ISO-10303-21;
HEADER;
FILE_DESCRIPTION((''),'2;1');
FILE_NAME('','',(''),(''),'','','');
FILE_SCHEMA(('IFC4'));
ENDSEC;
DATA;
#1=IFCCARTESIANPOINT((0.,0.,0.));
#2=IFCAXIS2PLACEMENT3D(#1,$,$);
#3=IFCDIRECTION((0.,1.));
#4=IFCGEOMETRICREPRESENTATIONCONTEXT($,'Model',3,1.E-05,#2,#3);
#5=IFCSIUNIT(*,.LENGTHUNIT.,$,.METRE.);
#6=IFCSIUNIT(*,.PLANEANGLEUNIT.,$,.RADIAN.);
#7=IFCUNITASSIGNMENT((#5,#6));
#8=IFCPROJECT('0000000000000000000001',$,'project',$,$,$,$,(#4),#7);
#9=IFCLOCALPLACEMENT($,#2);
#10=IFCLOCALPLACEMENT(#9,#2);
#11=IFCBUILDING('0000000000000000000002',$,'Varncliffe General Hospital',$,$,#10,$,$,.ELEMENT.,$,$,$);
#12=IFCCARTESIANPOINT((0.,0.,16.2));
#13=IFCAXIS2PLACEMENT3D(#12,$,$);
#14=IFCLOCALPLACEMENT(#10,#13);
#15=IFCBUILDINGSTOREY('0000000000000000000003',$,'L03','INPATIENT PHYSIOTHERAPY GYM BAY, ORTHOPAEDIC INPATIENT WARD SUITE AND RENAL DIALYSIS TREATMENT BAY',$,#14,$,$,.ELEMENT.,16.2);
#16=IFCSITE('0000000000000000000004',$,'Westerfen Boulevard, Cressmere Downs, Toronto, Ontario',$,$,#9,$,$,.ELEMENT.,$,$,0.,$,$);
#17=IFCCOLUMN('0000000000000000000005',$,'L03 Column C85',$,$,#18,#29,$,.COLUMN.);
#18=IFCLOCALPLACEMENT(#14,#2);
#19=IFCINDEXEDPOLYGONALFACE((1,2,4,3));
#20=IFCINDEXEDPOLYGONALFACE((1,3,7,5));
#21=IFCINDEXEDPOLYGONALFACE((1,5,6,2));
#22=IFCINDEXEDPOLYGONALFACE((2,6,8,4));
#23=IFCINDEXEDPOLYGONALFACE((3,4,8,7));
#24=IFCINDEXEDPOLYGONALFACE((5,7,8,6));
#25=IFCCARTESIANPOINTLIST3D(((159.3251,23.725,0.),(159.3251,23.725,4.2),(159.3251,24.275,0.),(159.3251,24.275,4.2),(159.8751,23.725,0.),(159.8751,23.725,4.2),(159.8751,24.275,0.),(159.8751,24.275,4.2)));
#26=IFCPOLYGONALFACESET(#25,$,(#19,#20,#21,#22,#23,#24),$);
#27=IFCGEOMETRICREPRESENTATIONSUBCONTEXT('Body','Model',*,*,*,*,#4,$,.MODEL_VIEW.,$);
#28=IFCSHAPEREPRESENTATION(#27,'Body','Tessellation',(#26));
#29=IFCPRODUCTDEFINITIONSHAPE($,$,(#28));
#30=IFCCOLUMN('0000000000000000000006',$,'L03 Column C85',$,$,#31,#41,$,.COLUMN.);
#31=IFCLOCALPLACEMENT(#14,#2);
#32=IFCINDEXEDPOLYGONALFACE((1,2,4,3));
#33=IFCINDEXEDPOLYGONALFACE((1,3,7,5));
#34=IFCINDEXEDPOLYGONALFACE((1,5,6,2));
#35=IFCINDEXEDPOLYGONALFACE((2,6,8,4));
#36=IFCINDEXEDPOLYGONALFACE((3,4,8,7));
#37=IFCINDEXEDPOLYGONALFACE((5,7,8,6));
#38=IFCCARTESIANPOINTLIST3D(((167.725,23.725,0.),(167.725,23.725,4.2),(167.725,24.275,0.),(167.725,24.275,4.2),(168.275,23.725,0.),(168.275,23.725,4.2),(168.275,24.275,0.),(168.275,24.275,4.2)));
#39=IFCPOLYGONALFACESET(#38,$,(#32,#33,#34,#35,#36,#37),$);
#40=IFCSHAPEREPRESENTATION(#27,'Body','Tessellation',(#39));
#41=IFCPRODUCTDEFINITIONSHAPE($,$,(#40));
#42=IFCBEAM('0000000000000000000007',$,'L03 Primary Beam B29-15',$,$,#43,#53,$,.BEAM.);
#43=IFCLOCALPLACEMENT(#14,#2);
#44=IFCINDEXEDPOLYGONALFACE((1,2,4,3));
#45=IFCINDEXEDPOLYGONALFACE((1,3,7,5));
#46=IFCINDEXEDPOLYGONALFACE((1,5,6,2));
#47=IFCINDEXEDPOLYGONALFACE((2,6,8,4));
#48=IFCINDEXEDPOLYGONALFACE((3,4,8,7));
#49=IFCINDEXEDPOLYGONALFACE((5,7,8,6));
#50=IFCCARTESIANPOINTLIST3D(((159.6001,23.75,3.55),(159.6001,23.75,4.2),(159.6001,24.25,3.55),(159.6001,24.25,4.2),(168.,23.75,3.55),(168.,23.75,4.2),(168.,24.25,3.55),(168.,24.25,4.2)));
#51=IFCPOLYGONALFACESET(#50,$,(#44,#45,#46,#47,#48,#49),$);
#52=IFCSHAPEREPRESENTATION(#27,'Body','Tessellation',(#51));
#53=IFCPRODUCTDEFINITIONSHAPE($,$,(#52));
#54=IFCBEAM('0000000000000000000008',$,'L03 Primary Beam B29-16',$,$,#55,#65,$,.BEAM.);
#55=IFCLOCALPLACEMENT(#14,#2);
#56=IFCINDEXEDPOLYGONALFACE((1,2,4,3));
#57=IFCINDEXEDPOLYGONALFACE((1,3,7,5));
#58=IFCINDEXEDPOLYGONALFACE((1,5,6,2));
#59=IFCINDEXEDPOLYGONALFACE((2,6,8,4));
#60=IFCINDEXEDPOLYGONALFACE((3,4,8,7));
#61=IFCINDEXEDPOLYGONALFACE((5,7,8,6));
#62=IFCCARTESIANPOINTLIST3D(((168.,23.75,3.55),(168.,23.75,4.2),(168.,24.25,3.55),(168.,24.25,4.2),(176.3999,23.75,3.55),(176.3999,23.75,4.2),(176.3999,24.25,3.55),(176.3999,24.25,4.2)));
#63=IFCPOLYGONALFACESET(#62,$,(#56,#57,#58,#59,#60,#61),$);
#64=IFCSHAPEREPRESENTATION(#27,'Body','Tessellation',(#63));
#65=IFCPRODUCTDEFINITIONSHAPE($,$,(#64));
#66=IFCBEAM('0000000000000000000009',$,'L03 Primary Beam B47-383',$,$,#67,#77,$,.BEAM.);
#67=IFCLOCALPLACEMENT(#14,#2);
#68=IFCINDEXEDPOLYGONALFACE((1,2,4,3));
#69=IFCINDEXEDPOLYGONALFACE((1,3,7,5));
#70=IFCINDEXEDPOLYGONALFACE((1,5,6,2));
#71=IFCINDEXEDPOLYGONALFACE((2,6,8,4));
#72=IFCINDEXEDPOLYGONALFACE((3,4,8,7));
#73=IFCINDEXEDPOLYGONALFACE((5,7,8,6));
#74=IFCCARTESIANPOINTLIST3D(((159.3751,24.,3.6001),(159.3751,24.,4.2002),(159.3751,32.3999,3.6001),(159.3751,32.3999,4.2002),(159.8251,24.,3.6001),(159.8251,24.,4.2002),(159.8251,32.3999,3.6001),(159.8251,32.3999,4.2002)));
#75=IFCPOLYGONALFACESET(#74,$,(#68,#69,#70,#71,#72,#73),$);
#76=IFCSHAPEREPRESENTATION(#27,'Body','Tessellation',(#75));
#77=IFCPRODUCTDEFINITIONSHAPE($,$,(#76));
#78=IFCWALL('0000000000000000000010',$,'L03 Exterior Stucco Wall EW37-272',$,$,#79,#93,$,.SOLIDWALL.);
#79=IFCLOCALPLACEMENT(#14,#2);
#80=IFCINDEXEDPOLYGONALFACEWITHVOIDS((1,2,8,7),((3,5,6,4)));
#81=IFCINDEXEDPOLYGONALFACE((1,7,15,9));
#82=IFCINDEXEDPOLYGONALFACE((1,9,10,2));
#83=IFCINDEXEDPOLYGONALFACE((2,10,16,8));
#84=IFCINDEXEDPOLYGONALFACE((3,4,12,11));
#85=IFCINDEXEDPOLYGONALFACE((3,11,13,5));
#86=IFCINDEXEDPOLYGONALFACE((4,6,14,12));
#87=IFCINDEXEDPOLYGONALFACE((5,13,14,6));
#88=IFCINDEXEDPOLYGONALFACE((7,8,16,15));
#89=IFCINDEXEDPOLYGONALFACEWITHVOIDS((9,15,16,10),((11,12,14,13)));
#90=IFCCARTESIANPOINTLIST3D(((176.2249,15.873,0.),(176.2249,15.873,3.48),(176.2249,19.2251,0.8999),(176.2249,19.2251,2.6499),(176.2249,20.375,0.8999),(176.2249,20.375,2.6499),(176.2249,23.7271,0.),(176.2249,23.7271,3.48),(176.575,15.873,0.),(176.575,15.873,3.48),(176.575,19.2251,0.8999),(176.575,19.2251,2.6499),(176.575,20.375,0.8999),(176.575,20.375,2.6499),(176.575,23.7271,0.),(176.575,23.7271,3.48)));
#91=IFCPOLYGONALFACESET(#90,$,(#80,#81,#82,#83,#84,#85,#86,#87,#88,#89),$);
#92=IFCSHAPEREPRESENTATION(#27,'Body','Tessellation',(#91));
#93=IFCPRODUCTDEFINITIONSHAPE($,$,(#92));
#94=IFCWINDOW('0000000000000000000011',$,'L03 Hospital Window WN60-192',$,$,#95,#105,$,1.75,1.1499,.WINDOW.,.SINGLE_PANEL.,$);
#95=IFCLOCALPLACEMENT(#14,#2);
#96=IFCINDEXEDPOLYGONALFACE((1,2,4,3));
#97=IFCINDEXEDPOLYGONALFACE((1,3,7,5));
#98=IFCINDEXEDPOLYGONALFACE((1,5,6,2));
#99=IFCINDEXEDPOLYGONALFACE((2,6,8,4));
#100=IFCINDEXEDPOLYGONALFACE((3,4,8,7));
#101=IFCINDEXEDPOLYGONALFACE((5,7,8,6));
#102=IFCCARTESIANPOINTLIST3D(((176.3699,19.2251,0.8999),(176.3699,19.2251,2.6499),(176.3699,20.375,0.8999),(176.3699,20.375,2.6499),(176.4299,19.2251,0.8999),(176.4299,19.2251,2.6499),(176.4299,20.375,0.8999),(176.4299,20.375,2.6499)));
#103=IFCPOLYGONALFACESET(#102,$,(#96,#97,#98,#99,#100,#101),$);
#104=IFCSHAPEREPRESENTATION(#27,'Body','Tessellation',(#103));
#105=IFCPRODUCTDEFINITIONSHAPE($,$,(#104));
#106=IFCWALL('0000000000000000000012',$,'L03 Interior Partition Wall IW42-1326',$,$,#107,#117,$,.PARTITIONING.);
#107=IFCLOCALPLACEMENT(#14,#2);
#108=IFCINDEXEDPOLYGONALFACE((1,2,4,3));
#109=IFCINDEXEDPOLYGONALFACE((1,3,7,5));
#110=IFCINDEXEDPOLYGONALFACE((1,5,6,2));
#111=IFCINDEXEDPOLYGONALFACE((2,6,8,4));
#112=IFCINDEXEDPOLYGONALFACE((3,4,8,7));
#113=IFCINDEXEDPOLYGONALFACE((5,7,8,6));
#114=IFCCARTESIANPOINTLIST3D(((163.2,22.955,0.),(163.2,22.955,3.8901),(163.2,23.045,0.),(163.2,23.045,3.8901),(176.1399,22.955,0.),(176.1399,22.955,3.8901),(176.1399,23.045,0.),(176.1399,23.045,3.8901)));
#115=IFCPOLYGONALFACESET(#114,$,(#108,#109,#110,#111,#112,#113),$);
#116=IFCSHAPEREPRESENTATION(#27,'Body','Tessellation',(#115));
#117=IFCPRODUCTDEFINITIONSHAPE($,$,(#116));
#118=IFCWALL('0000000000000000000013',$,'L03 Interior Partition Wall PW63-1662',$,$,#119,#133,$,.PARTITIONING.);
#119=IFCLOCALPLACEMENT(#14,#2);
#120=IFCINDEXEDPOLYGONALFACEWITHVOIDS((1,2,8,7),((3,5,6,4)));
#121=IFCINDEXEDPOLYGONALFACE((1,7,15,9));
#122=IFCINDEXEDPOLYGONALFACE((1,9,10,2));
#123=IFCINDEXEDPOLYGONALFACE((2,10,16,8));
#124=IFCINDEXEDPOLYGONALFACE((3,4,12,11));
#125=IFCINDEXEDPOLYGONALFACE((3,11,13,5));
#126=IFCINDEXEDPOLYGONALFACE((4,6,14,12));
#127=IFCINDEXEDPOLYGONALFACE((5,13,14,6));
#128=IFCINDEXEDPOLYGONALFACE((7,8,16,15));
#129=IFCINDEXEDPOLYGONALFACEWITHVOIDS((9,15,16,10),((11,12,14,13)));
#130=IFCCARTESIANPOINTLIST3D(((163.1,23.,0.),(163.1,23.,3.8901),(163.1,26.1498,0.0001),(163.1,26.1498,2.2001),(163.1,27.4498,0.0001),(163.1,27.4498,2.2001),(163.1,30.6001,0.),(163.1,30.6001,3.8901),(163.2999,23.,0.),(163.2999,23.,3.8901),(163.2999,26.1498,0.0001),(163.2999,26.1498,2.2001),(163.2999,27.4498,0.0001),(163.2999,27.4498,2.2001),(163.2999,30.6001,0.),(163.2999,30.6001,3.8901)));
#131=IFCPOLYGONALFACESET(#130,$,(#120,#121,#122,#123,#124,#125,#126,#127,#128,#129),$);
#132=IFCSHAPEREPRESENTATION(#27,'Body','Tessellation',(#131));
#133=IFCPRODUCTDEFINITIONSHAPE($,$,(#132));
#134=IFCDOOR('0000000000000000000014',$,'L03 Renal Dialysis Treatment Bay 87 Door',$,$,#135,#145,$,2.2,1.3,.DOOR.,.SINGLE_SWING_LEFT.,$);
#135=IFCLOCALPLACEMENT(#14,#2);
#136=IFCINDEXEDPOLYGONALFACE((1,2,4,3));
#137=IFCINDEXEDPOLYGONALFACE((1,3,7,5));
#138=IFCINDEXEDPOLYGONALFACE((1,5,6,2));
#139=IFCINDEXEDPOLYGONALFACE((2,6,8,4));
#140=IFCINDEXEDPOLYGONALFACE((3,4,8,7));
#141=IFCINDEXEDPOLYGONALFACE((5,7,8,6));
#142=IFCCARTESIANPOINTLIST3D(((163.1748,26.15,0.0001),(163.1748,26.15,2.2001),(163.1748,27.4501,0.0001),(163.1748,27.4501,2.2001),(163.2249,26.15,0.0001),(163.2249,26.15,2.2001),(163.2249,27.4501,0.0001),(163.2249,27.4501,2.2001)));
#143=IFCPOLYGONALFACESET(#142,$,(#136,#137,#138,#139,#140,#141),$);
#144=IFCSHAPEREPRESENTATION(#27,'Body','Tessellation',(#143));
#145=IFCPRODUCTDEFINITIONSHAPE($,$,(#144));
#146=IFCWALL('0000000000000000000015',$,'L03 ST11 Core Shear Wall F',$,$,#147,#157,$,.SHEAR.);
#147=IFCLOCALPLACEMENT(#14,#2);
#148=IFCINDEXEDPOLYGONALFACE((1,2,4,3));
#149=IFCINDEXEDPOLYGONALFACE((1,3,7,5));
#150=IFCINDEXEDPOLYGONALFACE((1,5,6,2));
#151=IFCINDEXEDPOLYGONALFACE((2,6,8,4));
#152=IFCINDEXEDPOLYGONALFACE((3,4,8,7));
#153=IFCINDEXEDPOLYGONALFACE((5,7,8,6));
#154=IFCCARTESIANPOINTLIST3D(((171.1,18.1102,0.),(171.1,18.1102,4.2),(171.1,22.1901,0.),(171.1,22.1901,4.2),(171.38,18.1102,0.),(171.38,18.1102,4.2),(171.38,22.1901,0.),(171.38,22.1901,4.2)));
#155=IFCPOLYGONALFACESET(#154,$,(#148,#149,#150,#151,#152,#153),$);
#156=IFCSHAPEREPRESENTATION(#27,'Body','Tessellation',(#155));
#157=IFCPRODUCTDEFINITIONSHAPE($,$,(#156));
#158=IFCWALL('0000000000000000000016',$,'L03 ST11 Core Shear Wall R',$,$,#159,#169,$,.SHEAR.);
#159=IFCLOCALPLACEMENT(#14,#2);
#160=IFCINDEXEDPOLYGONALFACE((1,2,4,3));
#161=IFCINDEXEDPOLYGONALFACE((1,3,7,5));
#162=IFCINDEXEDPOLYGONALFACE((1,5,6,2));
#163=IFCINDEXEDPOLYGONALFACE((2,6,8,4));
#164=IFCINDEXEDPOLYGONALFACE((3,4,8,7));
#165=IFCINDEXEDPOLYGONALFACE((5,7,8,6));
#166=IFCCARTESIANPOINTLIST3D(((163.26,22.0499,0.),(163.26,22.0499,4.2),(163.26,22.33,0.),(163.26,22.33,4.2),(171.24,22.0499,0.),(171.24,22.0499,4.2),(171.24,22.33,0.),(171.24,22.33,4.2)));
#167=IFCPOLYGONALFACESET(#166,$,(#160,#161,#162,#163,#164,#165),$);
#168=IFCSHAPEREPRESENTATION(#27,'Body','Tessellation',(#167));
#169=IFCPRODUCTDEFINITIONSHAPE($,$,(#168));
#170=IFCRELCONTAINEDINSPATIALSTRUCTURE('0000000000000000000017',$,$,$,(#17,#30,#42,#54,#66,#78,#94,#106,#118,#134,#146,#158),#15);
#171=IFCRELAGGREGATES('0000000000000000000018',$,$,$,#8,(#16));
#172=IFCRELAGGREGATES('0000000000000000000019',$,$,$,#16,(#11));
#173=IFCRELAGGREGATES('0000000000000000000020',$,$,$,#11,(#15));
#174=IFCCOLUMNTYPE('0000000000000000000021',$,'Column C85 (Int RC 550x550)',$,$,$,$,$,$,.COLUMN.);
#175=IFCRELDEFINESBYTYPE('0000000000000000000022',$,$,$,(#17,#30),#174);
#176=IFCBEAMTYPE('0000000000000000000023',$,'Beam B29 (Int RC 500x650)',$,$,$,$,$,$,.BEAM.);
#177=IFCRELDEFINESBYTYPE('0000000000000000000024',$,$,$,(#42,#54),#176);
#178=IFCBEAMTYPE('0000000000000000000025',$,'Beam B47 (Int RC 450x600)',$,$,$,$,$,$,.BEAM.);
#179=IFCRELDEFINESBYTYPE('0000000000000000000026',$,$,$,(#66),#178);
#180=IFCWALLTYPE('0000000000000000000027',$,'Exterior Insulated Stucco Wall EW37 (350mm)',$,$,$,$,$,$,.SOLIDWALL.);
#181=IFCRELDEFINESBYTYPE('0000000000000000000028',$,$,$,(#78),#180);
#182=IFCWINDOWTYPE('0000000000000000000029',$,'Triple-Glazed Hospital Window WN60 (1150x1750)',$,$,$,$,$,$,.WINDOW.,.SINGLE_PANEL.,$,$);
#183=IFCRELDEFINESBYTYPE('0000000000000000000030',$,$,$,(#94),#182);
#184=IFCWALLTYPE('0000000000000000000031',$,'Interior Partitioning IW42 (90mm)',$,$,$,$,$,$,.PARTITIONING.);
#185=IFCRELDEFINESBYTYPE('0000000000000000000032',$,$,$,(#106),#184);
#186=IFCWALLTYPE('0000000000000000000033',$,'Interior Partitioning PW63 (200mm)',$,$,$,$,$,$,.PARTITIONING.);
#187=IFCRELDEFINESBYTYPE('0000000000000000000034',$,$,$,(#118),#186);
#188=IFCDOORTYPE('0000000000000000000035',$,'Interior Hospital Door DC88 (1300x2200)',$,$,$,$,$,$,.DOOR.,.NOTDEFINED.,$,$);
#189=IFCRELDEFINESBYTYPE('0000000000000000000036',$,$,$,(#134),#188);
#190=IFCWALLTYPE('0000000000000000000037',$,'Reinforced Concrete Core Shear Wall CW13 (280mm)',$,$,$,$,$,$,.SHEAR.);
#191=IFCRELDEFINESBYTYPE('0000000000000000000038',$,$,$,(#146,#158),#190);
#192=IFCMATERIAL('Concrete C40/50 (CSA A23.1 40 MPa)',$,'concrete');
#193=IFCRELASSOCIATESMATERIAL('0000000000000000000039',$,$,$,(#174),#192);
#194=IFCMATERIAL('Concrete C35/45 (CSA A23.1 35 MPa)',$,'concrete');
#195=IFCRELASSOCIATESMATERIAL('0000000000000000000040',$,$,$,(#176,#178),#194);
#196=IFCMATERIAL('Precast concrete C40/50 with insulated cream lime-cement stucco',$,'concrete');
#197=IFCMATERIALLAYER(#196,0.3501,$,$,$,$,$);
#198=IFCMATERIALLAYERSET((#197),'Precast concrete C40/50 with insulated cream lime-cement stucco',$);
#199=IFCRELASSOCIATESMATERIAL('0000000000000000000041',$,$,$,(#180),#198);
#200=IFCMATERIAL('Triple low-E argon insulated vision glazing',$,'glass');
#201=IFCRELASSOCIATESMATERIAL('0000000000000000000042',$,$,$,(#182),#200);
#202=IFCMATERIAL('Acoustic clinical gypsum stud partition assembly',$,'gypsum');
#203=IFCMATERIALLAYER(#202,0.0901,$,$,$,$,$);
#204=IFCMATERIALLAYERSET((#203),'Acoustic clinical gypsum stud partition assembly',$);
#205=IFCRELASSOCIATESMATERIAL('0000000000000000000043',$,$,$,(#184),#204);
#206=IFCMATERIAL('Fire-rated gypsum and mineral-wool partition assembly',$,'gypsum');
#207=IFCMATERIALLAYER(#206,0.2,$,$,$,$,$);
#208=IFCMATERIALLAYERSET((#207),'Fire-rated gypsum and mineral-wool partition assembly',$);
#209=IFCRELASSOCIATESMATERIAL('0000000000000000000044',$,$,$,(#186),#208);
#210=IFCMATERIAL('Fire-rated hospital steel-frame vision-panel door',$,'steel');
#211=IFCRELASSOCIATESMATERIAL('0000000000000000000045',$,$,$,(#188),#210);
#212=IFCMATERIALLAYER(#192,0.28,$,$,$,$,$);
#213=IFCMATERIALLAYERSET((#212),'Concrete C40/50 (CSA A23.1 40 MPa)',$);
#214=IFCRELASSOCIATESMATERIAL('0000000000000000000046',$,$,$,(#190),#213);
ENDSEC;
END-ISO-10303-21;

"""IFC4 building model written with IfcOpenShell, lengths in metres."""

from ifc_helpers import new_model, si_unit, direction, frame, frame_2d, origin, origin_2d, place, context, subcontext, project, spatial, rectangle, extrude, material, layer, layer_set, material_profile, profile_set, type_object, element, fill, save


model = new_model("IFC4")

# Units and contexts
model_context = context("Model", 3, precision=1e-05, world=origin(), true_north=direction((0.0, 1.0)))
body_context = subcontext(model_context, "Body", "Model", "MODEL_VIEW")
ifc_project = project(units=[si_unit("LENGTHUNIT", "METRE"), si_unit("PLANEANGLEUNIT", "RADIAN")], contexts=[model_context])

# Site, building, storey
site_placement = place(None, origin())
site = spatial("IfcSite", under=ifc_project, at=site_placement, Name="Westerfen Boulevard, Cressmere Downs, Toronto, Ontario", CompositionType="ELEMENT", RefElevation=0.0)
building_placement = place(site_placement, origin())
building = spatial("IfcBuilding", under=site, at=building_placement, Name="Varncliffe General Hospital", CompositionType="ELEMENT")
storey_placement = place(building_placement, frame((0.0, 0.0, 16.2)))
storey = spatial("IfcBuildingStorey", under=building, at=storey_placement, Name="L03", Description="INPATIENT PHYSIOTHERAPY GYM BAY, ORTHOPAEDIC INPATIENT WARD SUITE AND RENAL DIALYSIS TREATMENT BAY", CompositionType="ELEMENT", Elevation=16.2)

# Columns
ifc_material_1 = material(Name="Concrete C40/50 (CSA A23.1 40 MPa)", Category="concrete")
ifc_material_profile_1 = material_profile(ifc_material_1, rectangle(XDim=0.55, YDim=0.55, at=origin_2d()), Name="RC 550x550")
ifc_profile_set_1 = profile_set([ifc_material_profile_1], Name="Concrete C40/50 (CSA A23.1 40 MPa)")
column_type = type_object("IfcColumnType", Name="Column C85 (Int RC 550x550)", PredefinedType="COLUMN", material=ifc_profile_set_1)
for number, where, z_axis, x_axis, name in (
    (1, (159.6001, 24.0, 0.0), (0.0, 0.0, 1.0), (1.0, 0.0, 0.0), "L03 Column C85"),
    (2, (168.0, 24.0, 0.0), (0.0, 0.0, 1.0), (1.0, 0.0, 0.0), "L03 Column C85"),
):
    element("IfcColumn", number, at=place(storey_placement, frame(where, z_axis=z_axis, x_axis=x_axis)), inside=storey, type_object=column_type, Name=name, PredefinedType="COLUMN", context=body_context, shape_type="SweptSolid", body=[
        extrude(rectangle(XDim=0.55, YDim=0.55, at=origin_2d()), origin(), (0.0, 0.0, 1.0), 4.2),
    ])

# Beams
ifc_material_2 = material(Name="Concrete C35/45 (CSA A23.1 35 MPa)", Category="concrete")
ifc_material_profile_2 = material_profile(ifc_material_2, rectangle(XDim=0.5, YDim=0.6499, at=origin_2d()), Name="RC 500x650")
ifc_profile_set_2 = profile_set([ifc_material_profile_2], Name="Concrete C35/45 (CSA A23.1 35 MPa)")
beam_type_1 = type_object("IfcBeamType", Name="Beam B29 (Int RC 500x650)", PredefinedType="BEAM", material=ifc_profile_set_2)
for number, where, z_axis, x_axis, name in (
    (3, (159.6001, 24.0, 3.875), (1.0, 0.0, 0.0), (0.0, 1.0, 0.0), "L03 Primary Beam B29-15"),
    (4, (168.0, 24.0, 3.875), (1.0, 0.0, 0.0), (0.0, 1.0, 0.0), "L03 Primary Beam B29-16"),
):
    element("IfcBeam", number, at=place(storey_placement, frame(where, z_axis=z_axis, x_axis=x_axis)), inside=storey, type_object=beam_type_1, Name=name, PredefinedType="BEAM", context=body_context, shape_type="SweptSolid", body=[
        extrude(rectangle(XDim=0.5, YDim=0.6499, at=origin_2d()), origin(), (0.0, 0.0, 1.0), 8.3999),
    ])
ifc_material_profile_3 = material_profile(ifc_material_2, rectangle(XDim=0.45, YDim=0.6001, at=origin_2d()), Name="RC 450x600")
ifc_profile_set_3 = profile_set([ifc_material_profile_3], Name="Concrete C35/45 (CSA A23.1 35 MPa)")
beam_type_2 = type_object("IfcBeamType", Name="Beam B47 (Int RC 450x600)", PredefinedType="BEAM", material=ifc_profile_set_3)
beam_placement = place(storey_placement, frame((159.6001, 24.0, 3.9001), z_axis=(0.0, 1.0, 0.0), x_axis=(-1.0, 0.0, 0.0)))
element("IfcBeam", 5, at=beam_placement, inside=storey, type_object=beam_type_2, Name="L03 Primary Beam B47-383", PredefinedType="BEAM", context=body_context, shape_type="SweptSolid", body=[
    extrude(rectangle(XDim=0.45, YDim=0.6001, at=origin_2d()), origin(), (0.0, 0.0, 1.0), 8.3999),
])

# Wall, opening, window
ifc_material_3 = material(Name="Precast concrete C40/50 with insulated cream lime-cement stucco", Category="concrete")
ifc_layer_1 = layer(ifc_material_3, 0.3501)
ifc_layer_set_1 = layer_set([ifc_layer_1], Name="Precast concrete C40/50 with insulated cream lime-cement stucco")
wall_type_1 = type_object("IfcWallType", Name="Exterior Insulated Stucco Wall EW37 (350mm)", PredefinedType="SOLIDWALL", material=ifc_layer_set_1)
wall_1_placement = place(storey_placement, frame((176.3999, 23.7271, 0.0), z_axis=(0.0, 0.0, 1.0), x_axis=(0.0, -1.0, 0.0)))
wall_1 = element("IfcWall", 6, at=wall_1_placement, inside=storey, type_object=wall_type_1, Name="L03 Exterior Stucco Wall EW37-272", PredefinedType="SOLIDWALL", context=body_context, shape_type="SweptSolid", body=[
    extrude(rectangle(XDim=7.854, YDim=0.3501, at=frame_2d((3.927, 0.0))), origin(), (0.0, 0.0, 1.0), 3.48),
])
opening_1_placement = place(wall_1_placement, frame((3.3521, 0.0, 0.8999)))
opening_1 = element("IfcOpeningElement", 7, at=opening_1_placement, cuts=wall_1, PredefinedType="OPENING", context=body_context, shape_type="SweptSolid", body=[
    extrude(rectangle(XDim=1.1499, YDim=1.75, at=frame_2d((0.575, 0.875))), frame((0.0, 0.1851, 0.0), z_axis=(0.0, -1.0, 0.0), x_axis=(1.0, 0.0, 0.0)), (0.0, 0.0, 1.0), 0.3701),
])
ifc_material_4 = material(Name="Triple low-E argon insulated vision glazing", Category="glass")
window_type = type_object("IfcWindowType", Name="Triple-Glazed Hospital Window WN60 (1150x1750)", PartitioningType="SINGLE_PANEL", PredefinedType="WINDOW", material=ifc_material_4)
window_placement = place(opening_1_placement, origin())
window = element("IfcWindow", 8, at=window_placement, inside=storey, type_object=window_type, Name="L03 Hospital Window WN60-192", OverallHeight=1.75, OverallWidth=1.1499, PartitioningType="SINGLE_PANEL", PredefinedType="WINDOW", context=body_context, shape_type="SweptSolid", body=[
    extrude(rectangle(XDim=1.1499, YDim=1.75, at=frame_2d((0.575, 0.875))), frame((0.0, 0.03, 0.0), z_axis=(0.0, -1.0, 0.0), x_axis=(1.0, 0.0, 0.0)), (0.0, 0.0, 1.0), 0.0601),
])
fill(opening_1, window)

# Wall
ifc_material_5 = material(Name="Acoustic clinical gypsum stud partition assembly", Category="gypsum")
ifc_layer_2 = layer(ifc_material_5, 0.0901)
ifc_layer_set_2 = layer_set([ifc_layer_2], Name="Acoustic clinical gypsum stud partition assembly")
wall_type_2 = type_object("IfcWallType", Name="Interior Partitioning IW42 (90mm)", PredefinedType="PARTITIONING", material=ifc_layer_set_2)
wall_2_placement = place(storey_placement, frame((163.2, 23.0, 0.0), z_axis=(0.0, 0.0, 1.0), x_axis=(1.0, 0.0, 0.0)))
element("IfcWall", 9, at=wall_2_placement, inside=storey, type_object=wall_type_2, Name="L03 Interior Partition Wall IW42-1326", PredefinedType="PARTITIONING", context=body_context, shape_type="SweptSolid", body=[
    extrude(rectangle(XDim=12.9399, YDim=0.0901, at=frame_2d((6.47, 0.0))), origin(), (0.0, 0.0, 1.0), 3.8901),
])

# Wall, opening, door
ifc_material_6 = material(Name="Fire-rated gypsum and mineral-wool partition assembly", Category="gypsum")
ifc_layer_3 = layer(ifc_material_6, 0.2)
ifc_layer_set_3 = layer_set([ifc_layer_3], Name="Fire-rated gypsum and mineral-wool partition assembly")
wall_type_3 = type_object("IfcWallType", Name="Interior Partitioning PW63 (200mm)", PredefinedType="PARTITIONING", material=ifc_layer_set_3)
wall_3_placement = place(storey_placement, frame((163.2, 23.0, 0.0), z_axis=(0.0, 0.0, 1.0), x_axis=(0.0, 1.0, 0.0)))
wall_3 = element("IfcWall", 10, at=wall_3_placement, inside=storey, type_object=wall_type_3, Name="L03 Interior Partition Wall PW63-1662", PredefinedType="PARTITIONING", context=body_context, shape_type="SweptSolid", body=[
    extrude(rectangle(XDim=7.6001, YDim=0.2, at=frame_2d((3.8, 0.0))), origin(), (0.0, 0.0, 1.0), 3.8901),
])
opening_2_placement = place(wall_3_placement, frame((3.1499, 0.0, 0.0)))
opening_2 = element("IfcOpeningElement", 11, at=opening_2_placement, cuts=wall_3, PredefinedType="OPENING", context=body_context, shape_type="SweptSolid", body=[
    extrude(rectangle(XDim=1.3, YDim=2.2, at=frame_2d((0.6499, 1.1001))), frame((0.0, 0.1099, 0.0), z_axis=(0.0, -1.0, 0.0), x_axis=(1.0, 0.0, 0.0)), (0.0, 0.0, 1.0), 0.22),
])
ifc_material_7 = material(Name="Fire-rated hospital steel-frame vision-panel door", Category="steel")
door_type_1 = type_object("IfcDoorType", Name="Interior Hospital Door DC88 (1300x2200)", OperationType="NOTDEFINED", PredefinedType="DOOR", material=ifc_material_7)
door_1_placement = place(opening_2_placement, frame((1.3, 0.0, 0.0), z_axis=(0.0, 0.0, 1.0), x_axis=(-1.0, 0.0, 0.0)))
door_1 = element("IfcDoor", 12, at=door_1_placement, inside=storey, type_object=door_type_1, Name="L03 Renal Dialysis Treatment Bay 87 Door", OperationType="SINGLE_SWING_LEFT", OverallHeight=2.2, OverallWidth=1.3, PredefinedType="DOOR", context=body_context, shape_type="SweptSolid", body=[
    extrude(rectangle(XDim=1.3, YDim=2.2, at=frame_2d((0.6499, 1.1001))), frame((0.0, 0.0249, 0.0), z_axis=(0.0, -1.0, 0.0), x_axis=(1.0, 0.0, 0.0)), (0.0, 0.0, 1.0), 0.05),
])
fill(opening_2, door_1)

# Walls
ifc_layer_4 = layer(ifc_material_1, 0.28)
ifc_layer_set_4 = layer_set([ifc_layer_4], Name="Concrete C40/50 (CSA A23.1 40 MPa)")
wall_type_4 = type_object("IfcWallType", Name="Reinforced Concrete Core Shear Wall CW13 (280mm)", PredefinedType="SHEAR", material=ifc_layer_set_4)
wall_4_placement = place(storey_placement, frame((171.24, 18.1101, 0.0), z_axis=(0.0, 0.0, 1.0), x_axis=(0.0, 1.0, 0.0)))
element("IfcWall", 13, at=wall_4_placement, inside=storey, type_object=wall_type_4, Name="L03 ST11 Core Shear Wall F", PredefinedType="SHEAR", context=body_context, shape_type="SweptSolid", body=[
    extrude(rectangle(XDim=4.0798, YDim=0.28, at=frame_2d((2.04, 0.0))), origin(), (0.0, 0.0, 1.0), 4.2),
])
wall_5_placement = place(storey_placement, frame((171.24, 22.1899, 0.0), z_axis=(0.0, 0.0, 1.0), x_axis=(-1.0, 0.0, 0.0)))
element("IfcWall", 14, at=wall_5_placement, inside=storey, type_object=wall_type_4, Name="L03 ST11 Core Shear Wall R", PredefinedType="SHEAR", context=body_context, shape_type="SweptSolid", body=[
    extrude(rectangle(XDim=7.98, YDim=0.28, at=frame_2d((3.99, 0.0))), origin(), (0.0, 0.0, 1.0), 4.2),
])

save(model, "model.ifc")
